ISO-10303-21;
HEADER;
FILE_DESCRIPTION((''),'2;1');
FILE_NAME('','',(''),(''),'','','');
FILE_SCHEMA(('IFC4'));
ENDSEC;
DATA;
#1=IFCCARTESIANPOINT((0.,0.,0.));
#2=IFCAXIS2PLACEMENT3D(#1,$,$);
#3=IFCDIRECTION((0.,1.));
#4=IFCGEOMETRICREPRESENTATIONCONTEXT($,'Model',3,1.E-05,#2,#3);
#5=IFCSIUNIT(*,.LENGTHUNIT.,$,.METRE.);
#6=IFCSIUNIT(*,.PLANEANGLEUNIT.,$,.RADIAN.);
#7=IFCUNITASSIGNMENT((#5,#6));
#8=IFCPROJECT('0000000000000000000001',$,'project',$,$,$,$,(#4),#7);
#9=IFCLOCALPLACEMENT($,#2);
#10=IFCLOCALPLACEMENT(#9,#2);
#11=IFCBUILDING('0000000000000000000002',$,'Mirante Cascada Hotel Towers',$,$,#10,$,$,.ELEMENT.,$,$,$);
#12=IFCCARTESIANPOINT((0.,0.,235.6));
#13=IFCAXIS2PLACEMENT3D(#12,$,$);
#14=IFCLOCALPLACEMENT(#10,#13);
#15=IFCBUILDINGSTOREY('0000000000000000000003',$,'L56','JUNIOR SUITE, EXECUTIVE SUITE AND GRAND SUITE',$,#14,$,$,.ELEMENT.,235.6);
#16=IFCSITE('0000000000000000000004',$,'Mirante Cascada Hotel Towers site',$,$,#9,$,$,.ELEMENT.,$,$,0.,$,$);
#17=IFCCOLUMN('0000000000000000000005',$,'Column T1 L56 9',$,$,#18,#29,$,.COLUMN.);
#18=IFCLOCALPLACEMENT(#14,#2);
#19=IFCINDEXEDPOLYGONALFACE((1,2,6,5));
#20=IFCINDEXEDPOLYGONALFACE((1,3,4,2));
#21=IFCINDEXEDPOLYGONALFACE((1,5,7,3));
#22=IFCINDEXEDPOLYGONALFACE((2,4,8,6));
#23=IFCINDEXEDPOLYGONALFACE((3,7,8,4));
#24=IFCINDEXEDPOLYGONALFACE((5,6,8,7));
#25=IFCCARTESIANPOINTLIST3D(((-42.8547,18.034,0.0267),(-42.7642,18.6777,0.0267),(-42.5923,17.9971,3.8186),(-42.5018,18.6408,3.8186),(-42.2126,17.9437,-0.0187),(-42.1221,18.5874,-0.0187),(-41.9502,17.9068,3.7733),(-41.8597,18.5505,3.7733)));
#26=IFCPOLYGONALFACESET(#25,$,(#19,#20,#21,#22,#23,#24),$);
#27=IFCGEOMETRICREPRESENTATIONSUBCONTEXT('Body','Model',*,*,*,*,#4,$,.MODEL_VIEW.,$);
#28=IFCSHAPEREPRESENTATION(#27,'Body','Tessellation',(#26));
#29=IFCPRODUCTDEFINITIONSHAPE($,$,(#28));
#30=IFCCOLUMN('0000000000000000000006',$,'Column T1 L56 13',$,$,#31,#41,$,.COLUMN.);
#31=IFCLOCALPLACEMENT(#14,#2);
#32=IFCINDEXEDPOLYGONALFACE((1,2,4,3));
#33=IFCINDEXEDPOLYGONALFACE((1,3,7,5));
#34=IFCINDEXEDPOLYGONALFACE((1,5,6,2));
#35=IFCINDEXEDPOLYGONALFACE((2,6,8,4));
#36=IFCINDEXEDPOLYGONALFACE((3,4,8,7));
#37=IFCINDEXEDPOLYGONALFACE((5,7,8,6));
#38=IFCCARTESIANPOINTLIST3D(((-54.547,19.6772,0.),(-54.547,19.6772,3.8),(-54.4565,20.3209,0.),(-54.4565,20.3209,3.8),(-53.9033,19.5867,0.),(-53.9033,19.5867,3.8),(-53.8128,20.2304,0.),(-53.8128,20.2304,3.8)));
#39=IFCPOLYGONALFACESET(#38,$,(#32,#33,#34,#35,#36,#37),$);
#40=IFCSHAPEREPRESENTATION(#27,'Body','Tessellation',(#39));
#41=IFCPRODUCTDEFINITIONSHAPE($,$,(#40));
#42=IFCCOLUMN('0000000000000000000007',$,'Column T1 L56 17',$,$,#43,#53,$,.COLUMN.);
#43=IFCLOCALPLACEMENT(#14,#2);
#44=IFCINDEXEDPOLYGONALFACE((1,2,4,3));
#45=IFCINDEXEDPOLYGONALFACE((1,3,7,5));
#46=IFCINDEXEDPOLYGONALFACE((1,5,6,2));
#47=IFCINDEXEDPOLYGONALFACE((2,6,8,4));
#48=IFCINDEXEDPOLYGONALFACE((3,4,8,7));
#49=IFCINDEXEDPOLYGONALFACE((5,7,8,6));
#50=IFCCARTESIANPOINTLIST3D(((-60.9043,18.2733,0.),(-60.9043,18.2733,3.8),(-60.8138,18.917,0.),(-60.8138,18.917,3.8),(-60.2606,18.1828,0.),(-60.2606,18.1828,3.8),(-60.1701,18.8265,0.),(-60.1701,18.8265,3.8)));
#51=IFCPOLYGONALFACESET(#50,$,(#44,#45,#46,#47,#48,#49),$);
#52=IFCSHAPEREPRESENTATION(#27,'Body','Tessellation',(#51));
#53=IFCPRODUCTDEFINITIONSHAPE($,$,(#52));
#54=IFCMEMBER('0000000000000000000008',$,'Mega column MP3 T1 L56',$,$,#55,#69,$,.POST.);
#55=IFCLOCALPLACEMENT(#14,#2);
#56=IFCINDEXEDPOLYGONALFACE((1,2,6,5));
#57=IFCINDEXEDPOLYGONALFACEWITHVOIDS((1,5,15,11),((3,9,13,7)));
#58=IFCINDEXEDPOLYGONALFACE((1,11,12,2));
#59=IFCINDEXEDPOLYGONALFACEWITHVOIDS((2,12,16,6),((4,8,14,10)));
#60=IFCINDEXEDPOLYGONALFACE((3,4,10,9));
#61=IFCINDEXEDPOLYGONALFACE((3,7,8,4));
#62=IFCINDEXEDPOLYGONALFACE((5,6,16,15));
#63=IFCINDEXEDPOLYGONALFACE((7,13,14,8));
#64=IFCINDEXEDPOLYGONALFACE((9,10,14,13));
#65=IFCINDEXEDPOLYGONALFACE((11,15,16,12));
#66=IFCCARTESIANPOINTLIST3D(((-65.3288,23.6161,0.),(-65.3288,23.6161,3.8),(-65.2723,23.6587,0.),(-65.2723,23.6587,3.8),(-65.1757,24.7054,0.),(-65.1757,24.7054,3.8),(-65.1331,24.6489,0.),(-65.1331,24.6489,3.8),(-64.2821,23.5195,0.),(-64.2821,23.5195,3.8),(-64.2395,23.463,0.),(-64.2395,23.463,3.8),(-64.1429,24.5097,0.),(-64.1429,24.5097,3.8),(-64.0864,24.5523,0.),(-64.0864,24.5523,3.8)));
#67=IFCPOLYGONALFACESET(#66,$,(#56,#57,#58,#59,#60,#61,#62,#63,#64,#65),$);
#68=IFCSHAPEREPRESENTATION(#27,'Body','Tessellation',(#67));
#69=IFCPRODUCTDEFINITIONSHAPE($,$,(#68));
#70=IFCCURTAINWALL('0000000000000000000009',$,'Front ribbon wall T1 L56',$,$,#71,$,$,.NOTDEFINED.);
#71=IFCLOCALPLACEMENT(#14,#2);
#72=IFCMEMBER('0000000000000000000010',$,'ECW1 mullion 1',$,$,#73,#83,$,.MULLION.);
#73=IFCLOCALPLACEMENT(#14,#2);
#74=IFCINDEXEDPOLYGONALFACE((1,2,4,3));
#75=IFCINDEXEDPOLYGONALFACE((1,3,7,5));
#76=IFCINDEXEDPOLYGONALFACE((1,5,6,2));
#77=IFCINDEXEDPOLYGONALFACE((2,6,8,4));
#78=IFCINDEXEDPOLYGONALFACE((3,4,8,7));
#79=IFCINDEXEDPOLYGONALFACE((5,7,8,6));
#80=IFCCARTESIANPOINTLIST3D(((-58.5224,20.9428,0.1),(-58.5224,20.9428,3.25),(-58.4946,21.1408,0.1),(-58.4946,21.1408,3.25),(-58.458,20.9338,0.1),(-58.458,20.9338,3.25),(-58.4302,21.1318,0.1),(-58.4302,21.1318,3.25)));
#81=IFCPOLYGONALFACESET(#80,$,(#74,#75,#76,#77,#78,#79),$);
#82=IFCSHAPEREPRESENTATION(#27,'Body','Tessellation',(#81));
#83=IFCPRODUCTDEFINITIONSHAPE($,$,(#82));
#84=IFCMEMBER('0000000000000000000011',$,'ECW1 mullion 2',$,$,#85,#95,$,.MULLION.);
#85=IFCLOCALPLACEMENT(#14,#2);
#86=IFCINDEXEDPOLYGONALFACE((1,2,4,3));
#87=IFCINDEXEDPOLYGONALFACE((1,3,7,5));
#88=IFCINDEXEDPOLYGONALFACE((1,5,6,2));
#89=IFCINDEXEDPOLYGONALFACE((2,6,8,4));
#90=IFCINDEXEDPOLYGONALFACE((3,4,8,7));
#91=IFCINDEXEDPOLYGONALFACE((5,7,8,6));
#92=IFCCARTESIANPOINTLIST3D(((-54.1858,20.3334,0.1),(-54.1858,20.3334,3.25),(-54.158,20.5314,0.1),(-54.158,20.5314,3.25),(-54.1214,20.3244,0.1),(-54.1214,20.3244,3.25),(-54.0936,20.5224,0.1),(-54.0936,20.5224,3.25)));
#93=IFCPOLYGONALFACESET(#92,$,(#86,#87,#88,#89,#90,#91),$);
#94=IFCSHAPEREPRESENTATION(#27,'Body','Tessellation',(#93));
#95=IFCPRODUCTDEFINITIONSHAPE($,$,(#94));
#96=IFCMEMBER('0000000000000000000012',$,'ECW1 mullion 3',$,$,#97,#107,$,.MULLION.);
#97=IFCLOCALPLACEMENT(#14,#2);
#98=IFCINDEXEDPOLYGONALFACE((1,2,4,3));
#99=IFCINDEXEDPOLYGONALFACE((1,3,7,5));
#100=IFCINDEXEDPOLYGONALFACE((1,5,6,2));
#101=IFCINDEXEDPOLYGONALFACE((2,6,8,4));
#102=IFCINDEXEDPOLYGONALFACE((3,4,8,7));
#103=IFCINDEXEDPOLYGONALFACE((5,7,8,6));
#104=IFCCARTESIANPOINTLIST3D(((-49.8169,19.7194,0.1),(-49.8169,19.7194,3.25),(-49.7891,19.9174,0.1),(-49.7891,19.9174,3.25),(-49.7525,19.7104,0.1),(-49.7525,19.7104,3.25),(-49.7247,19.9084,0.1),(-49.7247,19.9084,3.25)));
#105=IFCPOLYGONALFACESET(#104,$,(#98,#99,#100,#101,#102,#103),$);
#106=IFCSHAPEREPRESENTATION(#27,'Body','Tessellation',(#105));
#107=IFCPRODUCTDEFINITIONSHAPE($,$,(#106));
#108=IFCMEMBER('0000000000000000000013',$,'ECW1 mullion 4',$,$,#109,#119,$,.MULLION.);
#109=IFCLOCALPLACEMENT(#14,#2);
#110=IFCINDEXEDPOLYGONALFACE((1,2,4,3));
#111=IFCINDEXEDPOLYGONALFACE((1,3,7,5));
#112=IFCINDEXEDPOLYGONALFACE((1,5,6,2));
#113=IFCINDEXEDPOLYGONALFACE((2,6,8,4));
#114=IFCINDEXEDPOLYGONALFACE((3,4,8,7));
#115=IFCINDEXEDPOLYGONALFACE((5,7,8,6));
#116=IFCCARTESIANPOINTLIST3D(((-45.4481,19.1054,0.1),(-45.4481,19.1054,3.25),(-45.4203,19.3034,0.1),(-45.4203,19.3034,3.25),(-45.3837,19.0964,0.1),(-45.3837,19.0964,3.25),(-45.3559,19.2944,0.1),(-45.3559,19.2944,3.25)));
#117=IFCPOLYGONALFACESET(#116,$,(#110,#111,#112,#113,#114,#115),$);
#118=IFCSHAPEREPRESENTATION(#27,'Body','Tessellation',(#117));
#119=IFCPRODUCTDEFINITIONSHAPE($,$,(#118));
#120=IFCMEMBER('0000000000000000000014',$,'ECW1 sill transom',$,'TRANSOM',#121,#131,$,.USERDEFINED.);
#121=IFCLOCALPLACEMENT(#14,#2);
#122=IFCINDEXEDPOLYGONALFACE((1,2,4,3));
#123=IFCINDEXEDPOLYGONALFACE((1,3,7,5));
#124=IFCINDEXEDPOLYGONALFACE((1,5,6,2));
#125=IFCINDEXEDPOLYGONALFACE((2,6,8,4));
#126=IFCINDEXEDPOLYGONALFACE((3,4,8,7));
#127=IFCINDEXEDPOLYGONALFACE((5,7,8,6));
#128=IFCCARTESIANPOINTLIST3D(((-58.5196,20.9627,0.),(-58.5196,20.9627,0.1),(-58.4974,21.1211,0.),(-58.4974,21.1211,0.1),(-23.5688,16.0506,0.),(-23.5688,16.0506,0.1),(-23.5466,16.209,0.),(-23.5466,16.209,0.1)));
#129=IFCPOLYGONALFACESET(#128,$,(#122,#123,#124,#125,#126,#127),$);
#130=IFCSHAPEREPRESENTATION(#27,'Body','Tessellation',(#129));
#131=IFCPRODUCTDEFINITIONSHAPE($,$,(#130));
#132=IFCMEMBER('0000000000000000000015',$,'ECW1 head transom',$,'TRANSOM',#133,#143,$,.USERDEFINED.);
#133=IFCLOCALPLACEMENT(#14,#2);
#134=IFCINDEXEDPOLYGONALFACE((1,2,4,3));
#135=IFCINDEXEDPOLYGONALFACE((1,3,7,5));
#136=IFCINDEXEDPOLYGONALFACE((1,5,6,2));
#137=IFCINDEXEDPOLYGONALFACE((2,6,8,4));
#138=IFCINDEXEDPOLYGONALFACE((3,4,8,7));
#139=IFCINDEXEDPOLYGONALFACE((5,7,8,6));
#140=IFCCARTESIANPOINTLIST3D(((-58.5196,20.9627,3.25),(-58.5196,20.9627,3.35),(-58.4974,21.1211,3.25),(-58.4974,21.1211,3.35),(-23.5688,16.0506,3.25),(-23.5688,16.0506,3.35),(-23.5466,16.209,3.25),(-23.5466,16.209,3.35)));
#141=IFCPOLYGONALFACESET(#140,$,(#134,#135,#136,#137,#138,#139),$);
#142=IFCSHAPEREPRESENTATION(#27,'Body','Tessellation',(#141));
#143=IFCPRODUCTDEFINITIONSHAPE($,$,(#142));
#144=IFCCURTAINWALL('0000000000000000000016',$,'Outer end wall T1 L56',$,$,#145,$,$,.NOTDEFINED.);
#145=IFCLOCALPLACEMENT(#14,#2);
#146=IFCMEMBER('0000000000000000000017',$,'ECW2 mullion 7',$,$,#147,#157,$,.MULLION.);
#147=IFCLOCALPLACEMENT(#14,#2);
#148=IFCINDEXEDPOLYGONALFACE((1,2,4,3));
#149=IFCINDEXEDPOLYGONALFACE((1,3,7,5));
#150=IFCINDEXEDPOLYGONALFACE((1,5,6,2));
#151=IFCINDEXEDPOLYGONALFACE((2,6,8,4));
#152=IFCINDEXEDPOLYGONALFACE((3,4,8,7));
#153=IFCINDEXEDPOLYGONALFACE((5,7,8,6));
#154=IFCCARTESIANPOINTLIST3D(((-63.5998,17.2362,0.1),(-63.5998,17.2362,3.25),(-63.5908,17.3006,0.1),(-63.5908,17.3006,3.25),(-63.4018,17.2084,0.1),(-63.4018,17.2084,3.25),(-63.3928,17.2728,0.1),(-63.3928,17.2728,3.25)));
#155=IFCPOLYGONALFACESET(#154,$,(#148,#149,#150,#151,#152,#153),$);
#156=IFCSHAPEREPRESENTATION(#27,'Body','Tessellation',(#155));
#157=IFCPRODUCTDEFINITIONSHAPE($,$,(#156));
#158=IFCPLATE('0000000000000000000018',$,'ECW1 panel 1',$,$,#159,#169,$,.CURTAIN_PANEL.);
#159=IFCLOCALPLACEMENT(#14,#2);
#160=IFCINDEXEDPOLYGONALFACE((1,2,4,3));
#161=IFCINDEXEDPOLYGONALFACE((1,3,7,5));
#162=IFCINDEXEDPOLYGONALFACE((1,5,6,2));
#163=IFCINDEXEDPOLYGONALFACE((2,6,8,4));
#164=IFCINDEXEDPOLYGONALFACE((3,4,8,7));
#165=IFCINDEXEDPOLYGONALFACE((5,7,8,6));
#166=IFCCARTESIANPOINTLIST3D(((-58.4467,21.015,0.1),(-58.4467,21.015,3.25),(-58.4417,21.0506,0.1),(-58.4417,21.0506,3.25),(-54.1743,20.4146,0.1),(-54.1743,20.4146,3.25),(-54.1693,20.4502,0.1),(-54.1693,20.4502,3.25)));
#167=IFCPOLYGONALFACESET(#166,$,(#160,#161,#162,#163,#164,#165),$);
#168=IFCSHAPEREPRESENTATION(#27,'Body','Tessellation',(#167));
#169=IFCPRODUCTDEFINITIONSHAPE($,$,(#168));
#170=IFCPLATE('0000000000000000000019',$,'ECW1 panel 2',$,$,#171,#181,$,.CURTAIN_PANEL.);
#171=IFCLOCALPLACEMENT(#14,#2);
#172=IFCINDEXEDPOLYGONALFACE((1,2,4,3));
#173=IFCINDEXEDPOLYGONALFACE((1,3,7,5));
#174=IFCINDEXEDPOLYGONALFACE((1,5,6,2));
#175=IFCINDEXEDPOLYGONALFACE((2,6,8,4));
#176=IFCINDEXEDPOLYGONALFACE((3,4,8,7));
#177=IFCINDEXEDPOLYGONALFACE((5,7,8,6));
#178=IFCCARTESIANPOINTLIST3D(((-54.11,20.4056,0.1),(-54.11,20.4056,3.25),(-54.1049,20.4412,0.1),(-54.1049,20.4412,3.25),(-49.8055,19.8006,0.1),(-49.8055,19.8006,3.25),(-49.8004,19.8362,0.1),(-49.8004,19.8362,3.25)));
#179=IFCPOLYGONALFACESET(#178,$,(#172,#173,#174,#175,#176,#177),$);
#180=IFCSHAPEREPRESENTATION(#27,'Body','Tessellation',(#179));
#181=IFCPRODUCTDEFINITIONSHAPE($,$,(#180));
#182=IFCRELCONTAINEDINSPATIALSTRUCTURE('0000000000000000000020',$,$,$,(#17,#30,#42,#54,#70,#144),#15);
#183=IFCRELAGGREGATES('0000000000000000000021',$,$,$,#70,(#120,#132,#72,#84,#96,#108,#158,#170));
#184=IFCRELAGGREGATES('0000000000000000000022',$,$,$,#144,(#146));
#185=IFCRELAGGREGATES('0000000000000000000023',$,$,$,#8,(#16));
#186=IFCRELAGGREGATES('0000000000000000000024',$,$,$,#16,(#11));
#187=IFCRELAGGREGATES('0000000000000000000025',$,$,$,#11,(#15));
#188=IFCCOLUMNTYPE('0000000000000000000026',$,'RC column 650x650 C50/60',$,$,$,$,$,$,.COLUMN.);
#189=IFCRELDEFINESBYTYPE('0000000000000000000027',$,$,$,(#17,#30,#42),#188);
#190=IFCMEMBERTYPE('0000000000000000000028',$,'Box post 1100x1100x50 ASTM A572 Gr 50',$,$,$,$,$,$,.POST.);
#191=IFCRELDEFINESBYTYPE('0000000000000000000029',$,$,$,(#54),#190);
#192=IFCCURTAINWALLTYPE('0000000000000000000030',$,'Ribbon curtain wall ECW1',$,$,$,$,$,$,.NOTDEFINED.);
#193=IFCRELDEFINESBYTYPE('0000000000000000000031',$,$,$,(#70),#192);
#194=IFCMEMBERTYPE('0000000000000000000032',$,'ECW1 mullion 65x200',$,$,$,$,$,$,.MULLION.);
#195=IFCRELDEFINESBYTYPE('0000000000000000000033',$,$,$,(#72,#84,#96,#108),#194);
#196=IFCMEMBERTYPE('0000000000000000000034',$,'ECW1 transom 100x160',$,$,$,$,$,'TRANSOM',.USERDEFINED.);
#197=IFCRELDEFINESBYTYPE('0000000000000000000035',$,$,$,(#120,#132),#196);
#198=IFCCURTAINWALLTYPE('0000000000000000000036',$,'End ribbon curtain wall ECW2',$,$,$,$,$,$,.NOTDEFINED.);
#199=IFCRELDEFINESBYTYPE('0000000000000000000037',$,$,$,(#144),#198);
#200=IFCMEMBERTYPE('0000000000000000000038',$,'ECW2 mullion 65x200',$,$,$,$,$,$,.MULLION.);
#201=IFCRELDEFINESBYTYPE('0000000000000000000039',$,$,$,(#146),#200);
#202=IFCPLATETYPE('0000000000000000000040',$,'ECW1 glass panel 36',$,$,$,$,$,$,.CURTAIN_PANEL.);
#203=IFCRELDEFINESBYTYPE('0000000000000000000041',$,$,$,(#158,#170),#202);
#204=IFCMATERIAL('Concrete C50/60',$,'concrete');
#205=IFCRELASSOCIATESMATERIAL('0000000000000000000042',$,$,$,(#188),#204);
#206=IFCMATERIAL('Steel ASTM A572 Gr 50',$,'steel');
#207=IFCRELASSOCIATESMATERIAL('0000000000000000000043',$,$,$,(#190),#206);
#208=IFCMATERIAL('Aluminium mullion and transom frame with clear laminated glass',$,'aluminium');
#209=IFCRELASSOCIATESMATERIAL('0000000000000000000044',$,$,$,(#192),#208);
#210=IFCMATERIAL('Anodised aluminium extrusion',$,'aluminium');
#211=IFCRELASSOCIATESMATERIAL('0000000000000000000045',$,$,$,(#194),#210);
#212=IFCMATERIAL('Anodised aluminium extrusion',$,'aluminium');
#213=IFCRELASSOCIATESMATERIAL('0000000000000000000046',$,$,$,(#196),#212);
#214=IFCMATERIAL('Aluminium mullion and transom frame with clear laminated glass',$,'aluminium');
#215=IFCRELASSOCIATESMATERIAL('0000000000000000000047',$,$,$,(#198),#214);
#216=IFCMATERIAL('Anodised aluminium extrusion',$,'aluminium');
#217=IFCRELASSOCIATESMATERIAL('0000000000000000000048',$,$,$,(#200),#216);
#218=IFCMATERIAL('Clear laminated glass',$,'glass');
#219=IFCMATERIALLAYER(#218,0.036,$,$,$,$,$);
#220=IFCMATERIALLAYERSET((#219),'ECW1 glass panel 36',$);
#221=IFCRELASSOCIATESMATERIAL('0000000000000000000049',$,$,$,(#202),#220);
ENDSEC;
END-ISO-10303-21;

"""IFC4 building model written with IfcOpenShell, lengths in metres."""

from ifc_helpers import new_model, si_unit, direction, frame, origin, origin_2d, place, context, subcontext, project, spatial, rectangle, hollow_rectangle, extrude, material, layer, layer_set, material_profile, profile_set, type_object, element, aggregate, save


model = new_model("IFC4")

# Units and contexts
model_context = context("Model", 3, precision=1e-05, world=origin(), true_north=direction((0.0, 1.0)))
body_context = subcontext(model_context, "Body", "Model", "MODEL_VIEW")
ifc_project = project(units=[si_unit("LENGTHUNIT", "METRE"), si_unit("PLANEANGLEUNIT", "RADIAN")], contexts=[model_context])

# Site, building, storey
site_placement = place(None, origin())
site = spatial("IfcSite", under=ifc_project, at=site_placement, Name="Mirante Cascada Hotel Towers site", CompositionType="ELEMENT", RefElevation=0.0)
building_placement = place(site_placement, origin())
building = spatial("IfcBuilding", under=site, at=building_placement, Name="Mirante Cascada Hotel Towers", CompositionType="ELEMENT")
storey_placement = place(building_placement, frame((0.0, 0.0, 235.6)))
storey = spatial("IfcBuildingStorey", under=building, at=storey_placement, Name="L56", Description="JUNIOR SUITE, EXECUTIVE SUITE AND GRAND SUITE", CompositionType="ELEMENT", Elevation=235.6)

# Columns
ifc_material_1 = material(Name="Concrete C50/60", Category="concrete")
ifc_material_profile_1 = material_profile(ifc_material_1, rectangle(XDim=0.65, YDim=0.65, at=origin_2d()), Name="RC column 650x650 C50/60")
ifc_profile_set_1 = profile_set([ifc_material_profile_1], Name="Concrete C50/60")
column_type = type_object("IfcColumnType", Name="RC column 650x650 C50/60", PredefinedType="COLUMN", material=ifc_profile_set_1)
column_placement = place(storey_placement, frame((-42.4884, 18.3107, 0.004), z_axis=(0.06903, -0.009707, 0.997567), x_axis=(0.139255, 0.990257, 0.0)))
element("IfcColumn", 1, at=column_placement, inside=storey, type_object=column_type, Name="Column T1 L56 9", PredefinedType="COLUMN", context=body_context, shape_type="SweptSolid", body=[
    extrude(rectangle(XDim=0.65, YDim=0.65, at=origin_2d()), origin(), (0.0, 0.0, 1.0), 3.8012),
])
for number, where, z_axis, x_axis, name in (
    (2, (-54.1799, 19.9538, 0.0), (0.0, 0.0, 1.0), (-0.990268, 0.139173, 0.0), "Column T1 L56 13"),
    (3, (-60.5372, 18.5499, 0.0), (0.0, 0.0, 1.0), (-0.990268, 0.139173, 0.0), "Column T1 L56 17"),
):
    element("IfcColumn", number, at=place(storey_placement, frame(where, z_axis=z_axis, x_axis=x_axis)), inside=storey, type_object=column_type, Name=name, PredefinedType="COLUMN", context=body_context, shape_type="SweptSolid", body=[
        extrude(rectangle(XDim=0.65, YDim=0.65, at=origin_2d()), origin(), (0.0, 0.0, 1.0), 3.8),
    ])

# Member
ifc_material_2 = material(Name="Steel ASTM A572 Gr 50", Category="steel")
ifc_material_profile_2 = material_profile(ifc_material_2, hollow_rectangle(XDim=1.1, YDim=1.1, WallThickness=0.05, at=origin_2d()), Name="Box post 1100x1100x50 ASTM A572 Gr 50")
ifc_profile_set_2 = profile_set([ifc_material_profile_2], Name="Steel ASTM A572 Gr 50")
member_type_1 = type_object("IfcMemberType", Name="Box post 1100x1100x50 ASTM A572 Gr 50", PredefinedType="POST", material=ifc_profile_set_2)
member_1_placement = place(storey_placement, frame((-64.7076, 24.0842, 0.0), z_axis=(0.0, 0.0, 1.0), x_axis=(-0.990268, 0.139173, 0.0)))
element("IfcMember", 4, at=member_1_placement, inside=storey, type_object=member_type_1, Name="Mega column MP3 T1 L56", PredefinedType="POST", context=body_context, shape_type="SweptSolid", body=[
    extrude(hollow_rectangle(XDim=1.1, YDim=1.1, WallThickness=0.05, at=origin_2d()), origin(), (0.0, 0.0, 1.0), 3.8),
])

# Curtain wall, members
ifc_material_3 = material(Name="Aluminium mullion and transom frame with clear laminated glass", Category="aluminium")
curtain_wall_type_1 = type_object("IfcCurtainWallType", Name="Ribbon curtain wall ECW1", PredefinedType="NOTDEFINED", material=ifc_material_3)
curtain_wall_1_placement = place(storey_placement, origin())
curtain_wall_1 = element("IfcCurtainWall", 5, at=curtain_wall_1_placement, inside=storey, type_object=curtain_wall_type_1, Name="Front ribbon wall T1 L56", PredefinedType="NOTDEFINED")
ifc_material_4 = material(Name="Anodised aluminium extrusion", Category="aluminium")
ifc_material_profile_3 = material_profile(ifc_material_4, rectangle(XDim=0.2, YDim=0.065, at=origin_2d()), Name="ECW1 MULLION 65x200")
ifc_profile_set_3 = profile_set([ifc_material_profile_3], Name="Anodised aluminium extrusion")
member_type_2 = type_object("IfcMemberType", Name="ECW1 mullion 65x200", PredefinedType="MULLION", material=ifc_profile_set_3)
member_2_placement = place(storey_placement, frame((-58.4763, 21.0373, 0.1), z_axis=(0.0, 0.0, 1.0), x_axis=(0.139173, 0.990268, 0.0)))
member_2 = element("IfcMember", 6, at=member_2_placement, type_object=member_type_2, Name="ECW1 mullion 1", PredefinedType="MULLION", context=body_context, shape_type="SweptSolid", body=[
    extrude(rectangle(XDim=0.2, YDim=0.065, at=origin_2d()), origin(), (0.0, 0.0, 1.0), 3.15),
])
member_3_placement = place(storey_placement, frame((-54.1397, 20.4279, 0.1), z_axis=(0.0, 0.0, 1.0), x_axis=(0.139173, 0.990268, 0.0)))
member_3 = element("IfcMember", 7, at=member_3_placement, type_object=member_type_2, Name="ECW1 mullion 2", PredefinedType="MULLION", context=body_context, shape_type="SweptSolid", body=[
    extrude(rectangle(XDim=0.2, YDim=0.065, at=origin_2d()), origin(), (0.0, 0.0, 1.0), 3.15),
])
member_4_placement = place(storey_placement, frame((-49.7708, 19.8139, 0.1), z_axis=(0.0, 0.0, 1.0), x_axis=(0.139173, 0.990268, 0.0)))
member_4 = element("IfcMember", 8, at=member_4_placement, type_object=member_type_2, Name="ECW1 mullion 3", PredefinedType="MULLION", context=body_context, shape_type="SweptSolid", body=[
    extrude(rectangle(XDim=0.2, YDim=0.065, at=origin_2d()), origin(), (0.0, 0.0, 1.0), 3.15),
])
member_5_placement = place(storey_placement, frame((-45.402, 19.1999, 0.1), z_axis=(0.0, 0.0, 1.0), x_axis=(0.139173, 0.990268, 0.0)))
member_5 = element("IfcMember", 9, at=member_5_placement, type_object=member_type_2, Name="ECW1 mullion 4", PredefinedType="MULLION", context=body_context, shape_type="SweptSolid", body=[
    extrude(rectangle(XDim=0.2, YDim=0.065, at=origin_2d()), origin(), (0.0, 0.0, 1.0), 3.15),
])
ifc_material_5 = material(Name="Anodised aluminium extrusion", Category="aluminium")
ifc_material_profile_4 = material_profile(ifc_material_5, rectangle(XDim=0.16, YDim=0.1, at=origin_2d()), Name="ECW1 TRANSOM 100x160")
ifc_profile_set_4 = profile_set([ifc_material_profile_4], Name="Anodised aluminium extrusion")
member_type_3 = type_object("IfcMemberType", Name="ECW1 transom 100x160", ElementType="TRANSOM", PredefinedType="USERDEFINED", material=ifc_profile_set_4)
member_6_placement = place(storey_placement, frame((-58.5085, 21.0419, 0.05), z_axis=(0.990268, -0.139176, 0.0), x_axis=(0.139176, 0.990268, 0.0)))
member_6 = element("IfcMember", 10, at=member_6_placement, type_object=member_type_3, Name="ECW1 sill transom", ObjectType="TRANSOM", PredefinedType="USERDEFINED", context=body_context, shape_type="SweptSolid", body=[
    extrude(rectangle(XDim=0.16, YDim=0.1, at=origin_2d()), origin(), (0.0, 0.0, 1.0), 35.2943),
])
member_7_placement = place(storey_placement, frame((-58.5085, 21.0419, 3.3), z_axis=(0.990268, -0.139176, 0.0), x_axis=(0.139176, 0.990268, 0.0)))
member_7 = element("IfcMember", 11, at=member_7_placement, type_object=member_type_3, Name="ECW1 head transom", ObjectType="TRANSOM", PredefinedType="USERDEFINED", context=body_context, shape_type="SweptSolid", body=[
    extrude(rectangle(XDim=0.16, YDim=0.1, at=origin_2d()), origin(), (0.0, 0.0, 1.0), 35.2943),
])

# Curtain wall, member
ifc_material_6 = material(Name="Aluminium mullion and transom frame with clear laminated glass", Category="aluminium")
curtain_wall_type_2 = type_object("IfcCurtainWallType", Name="End ribbon curtain wall ECW2", PredefinedType="NOTDEFINED", material=ifc_material_6)
curtain_wall_2_placement = place(storey_placement, origin())
curtain_wall_2 = element("IfcCurtainWall", 12, at=curtain_wall_2_placement, inside=storey, type_object=curtain_wall_type_2, Name="Outer end wall T1 L56", PredefinedType="NOTDEFINED")
ifc_material_7 = material(Name="Anodised aluminium extrusion", Category="aluminium")
ifc_material_profile_5 = material_profile(ifc_material_7, rectangle(XDim=0.2, YDim=0.065, at=origin_2d()), Name="ECW2 MULLION 65x200")
ifc_profile_set_5 = profile_set([ifc_material_profile_5], Name="Anodised aluminium extrusion")
member_type_4 = type_object("IfcMemberType", Name="ECW2 mullion 65x200", PredefinedType="MULLION", material=ifc_profile_set_5)
member_8_placement = place(storey_placement, frame((-63.4963, 17.2545, 0.1), z_axis=(0.0, 0.0, 1.0), x_axis=(-0.990268, 0.139173, 0.0)))
member_8 = element("IfcMember", 13, at=member_8_placement, type_object=member_type_4, Name="ECW2 mullion 7", PredefinedType="MULLION", context=body_context, shape_type="SweptSolid", body=[
    extrude(rectangle(XDim=0.2, YDim=0.065, at=origin_2d()), origin(), (0.0, 0.0, 1.0), 3.15),
])

# Plates
ifc_material_8 = material(Name="Clear laminated glass", Category="glass")
ifc_layer_1 = layer(ifc_material_8, 0.036)
ifc_layer_set_1 = layer_set([ifc_layer_1], Name="ECW1 glass panel 36")
plate_type_1 = type_object("IfcPlateType", Name="ECW1 glass panel 36", PredefinedType="CURTAIN_PANEL", material=ifc_layer_set_1)
plate_1_placement = place(storey_placement, frame((-56.308, 20.7326, 0.1), z_axis=(0.0, 0.0, 1.0), x_axis=(0.990268, -0.139173, 0.0)))
plate_1 = element("IfcPlate", 14, at=plate_1_placement, type_object=plate_type_1, Name="ECW1 panel 1", PredefinedType="CURTAIN_PANEL", context=body_context, shape_type="SweptSolid", body=[
    extrude(rectangle(XDim=4.3143, YDim=0.036, at=origin_2d()), origin(), (0.0, 0.0, 1.0), 3.15),
])
plate_2_placement = place(storey_placement, frame((-51.9552, 20.1209, 0.1), z_axis=(0.0, 0.0, 1.0), x_axis=(0.990268, -0.139173, 0.0)))
plate_2 = element("IfcPlate", 15, at=plate_2_placement, type_object=plate_type_1, Name="ECW1 panel 2", PredefinedType="CURTAIN_PANEL", context=body_context, shape_type="SweptSolid", body=[
    extrude(rectangle(XDim=4.3468, YDim=0.036, at=origin_2d()), origin(), (0.0, 0.0, 1.0), 3.15),
])
aggregate(curtain_wall_1, [member_6, member_7, member_2, member_3, member_4, member_5, plate_1, plate_2])
aggregate(curtain_wall_2, [member_8])

save(model, "model.ifc")
